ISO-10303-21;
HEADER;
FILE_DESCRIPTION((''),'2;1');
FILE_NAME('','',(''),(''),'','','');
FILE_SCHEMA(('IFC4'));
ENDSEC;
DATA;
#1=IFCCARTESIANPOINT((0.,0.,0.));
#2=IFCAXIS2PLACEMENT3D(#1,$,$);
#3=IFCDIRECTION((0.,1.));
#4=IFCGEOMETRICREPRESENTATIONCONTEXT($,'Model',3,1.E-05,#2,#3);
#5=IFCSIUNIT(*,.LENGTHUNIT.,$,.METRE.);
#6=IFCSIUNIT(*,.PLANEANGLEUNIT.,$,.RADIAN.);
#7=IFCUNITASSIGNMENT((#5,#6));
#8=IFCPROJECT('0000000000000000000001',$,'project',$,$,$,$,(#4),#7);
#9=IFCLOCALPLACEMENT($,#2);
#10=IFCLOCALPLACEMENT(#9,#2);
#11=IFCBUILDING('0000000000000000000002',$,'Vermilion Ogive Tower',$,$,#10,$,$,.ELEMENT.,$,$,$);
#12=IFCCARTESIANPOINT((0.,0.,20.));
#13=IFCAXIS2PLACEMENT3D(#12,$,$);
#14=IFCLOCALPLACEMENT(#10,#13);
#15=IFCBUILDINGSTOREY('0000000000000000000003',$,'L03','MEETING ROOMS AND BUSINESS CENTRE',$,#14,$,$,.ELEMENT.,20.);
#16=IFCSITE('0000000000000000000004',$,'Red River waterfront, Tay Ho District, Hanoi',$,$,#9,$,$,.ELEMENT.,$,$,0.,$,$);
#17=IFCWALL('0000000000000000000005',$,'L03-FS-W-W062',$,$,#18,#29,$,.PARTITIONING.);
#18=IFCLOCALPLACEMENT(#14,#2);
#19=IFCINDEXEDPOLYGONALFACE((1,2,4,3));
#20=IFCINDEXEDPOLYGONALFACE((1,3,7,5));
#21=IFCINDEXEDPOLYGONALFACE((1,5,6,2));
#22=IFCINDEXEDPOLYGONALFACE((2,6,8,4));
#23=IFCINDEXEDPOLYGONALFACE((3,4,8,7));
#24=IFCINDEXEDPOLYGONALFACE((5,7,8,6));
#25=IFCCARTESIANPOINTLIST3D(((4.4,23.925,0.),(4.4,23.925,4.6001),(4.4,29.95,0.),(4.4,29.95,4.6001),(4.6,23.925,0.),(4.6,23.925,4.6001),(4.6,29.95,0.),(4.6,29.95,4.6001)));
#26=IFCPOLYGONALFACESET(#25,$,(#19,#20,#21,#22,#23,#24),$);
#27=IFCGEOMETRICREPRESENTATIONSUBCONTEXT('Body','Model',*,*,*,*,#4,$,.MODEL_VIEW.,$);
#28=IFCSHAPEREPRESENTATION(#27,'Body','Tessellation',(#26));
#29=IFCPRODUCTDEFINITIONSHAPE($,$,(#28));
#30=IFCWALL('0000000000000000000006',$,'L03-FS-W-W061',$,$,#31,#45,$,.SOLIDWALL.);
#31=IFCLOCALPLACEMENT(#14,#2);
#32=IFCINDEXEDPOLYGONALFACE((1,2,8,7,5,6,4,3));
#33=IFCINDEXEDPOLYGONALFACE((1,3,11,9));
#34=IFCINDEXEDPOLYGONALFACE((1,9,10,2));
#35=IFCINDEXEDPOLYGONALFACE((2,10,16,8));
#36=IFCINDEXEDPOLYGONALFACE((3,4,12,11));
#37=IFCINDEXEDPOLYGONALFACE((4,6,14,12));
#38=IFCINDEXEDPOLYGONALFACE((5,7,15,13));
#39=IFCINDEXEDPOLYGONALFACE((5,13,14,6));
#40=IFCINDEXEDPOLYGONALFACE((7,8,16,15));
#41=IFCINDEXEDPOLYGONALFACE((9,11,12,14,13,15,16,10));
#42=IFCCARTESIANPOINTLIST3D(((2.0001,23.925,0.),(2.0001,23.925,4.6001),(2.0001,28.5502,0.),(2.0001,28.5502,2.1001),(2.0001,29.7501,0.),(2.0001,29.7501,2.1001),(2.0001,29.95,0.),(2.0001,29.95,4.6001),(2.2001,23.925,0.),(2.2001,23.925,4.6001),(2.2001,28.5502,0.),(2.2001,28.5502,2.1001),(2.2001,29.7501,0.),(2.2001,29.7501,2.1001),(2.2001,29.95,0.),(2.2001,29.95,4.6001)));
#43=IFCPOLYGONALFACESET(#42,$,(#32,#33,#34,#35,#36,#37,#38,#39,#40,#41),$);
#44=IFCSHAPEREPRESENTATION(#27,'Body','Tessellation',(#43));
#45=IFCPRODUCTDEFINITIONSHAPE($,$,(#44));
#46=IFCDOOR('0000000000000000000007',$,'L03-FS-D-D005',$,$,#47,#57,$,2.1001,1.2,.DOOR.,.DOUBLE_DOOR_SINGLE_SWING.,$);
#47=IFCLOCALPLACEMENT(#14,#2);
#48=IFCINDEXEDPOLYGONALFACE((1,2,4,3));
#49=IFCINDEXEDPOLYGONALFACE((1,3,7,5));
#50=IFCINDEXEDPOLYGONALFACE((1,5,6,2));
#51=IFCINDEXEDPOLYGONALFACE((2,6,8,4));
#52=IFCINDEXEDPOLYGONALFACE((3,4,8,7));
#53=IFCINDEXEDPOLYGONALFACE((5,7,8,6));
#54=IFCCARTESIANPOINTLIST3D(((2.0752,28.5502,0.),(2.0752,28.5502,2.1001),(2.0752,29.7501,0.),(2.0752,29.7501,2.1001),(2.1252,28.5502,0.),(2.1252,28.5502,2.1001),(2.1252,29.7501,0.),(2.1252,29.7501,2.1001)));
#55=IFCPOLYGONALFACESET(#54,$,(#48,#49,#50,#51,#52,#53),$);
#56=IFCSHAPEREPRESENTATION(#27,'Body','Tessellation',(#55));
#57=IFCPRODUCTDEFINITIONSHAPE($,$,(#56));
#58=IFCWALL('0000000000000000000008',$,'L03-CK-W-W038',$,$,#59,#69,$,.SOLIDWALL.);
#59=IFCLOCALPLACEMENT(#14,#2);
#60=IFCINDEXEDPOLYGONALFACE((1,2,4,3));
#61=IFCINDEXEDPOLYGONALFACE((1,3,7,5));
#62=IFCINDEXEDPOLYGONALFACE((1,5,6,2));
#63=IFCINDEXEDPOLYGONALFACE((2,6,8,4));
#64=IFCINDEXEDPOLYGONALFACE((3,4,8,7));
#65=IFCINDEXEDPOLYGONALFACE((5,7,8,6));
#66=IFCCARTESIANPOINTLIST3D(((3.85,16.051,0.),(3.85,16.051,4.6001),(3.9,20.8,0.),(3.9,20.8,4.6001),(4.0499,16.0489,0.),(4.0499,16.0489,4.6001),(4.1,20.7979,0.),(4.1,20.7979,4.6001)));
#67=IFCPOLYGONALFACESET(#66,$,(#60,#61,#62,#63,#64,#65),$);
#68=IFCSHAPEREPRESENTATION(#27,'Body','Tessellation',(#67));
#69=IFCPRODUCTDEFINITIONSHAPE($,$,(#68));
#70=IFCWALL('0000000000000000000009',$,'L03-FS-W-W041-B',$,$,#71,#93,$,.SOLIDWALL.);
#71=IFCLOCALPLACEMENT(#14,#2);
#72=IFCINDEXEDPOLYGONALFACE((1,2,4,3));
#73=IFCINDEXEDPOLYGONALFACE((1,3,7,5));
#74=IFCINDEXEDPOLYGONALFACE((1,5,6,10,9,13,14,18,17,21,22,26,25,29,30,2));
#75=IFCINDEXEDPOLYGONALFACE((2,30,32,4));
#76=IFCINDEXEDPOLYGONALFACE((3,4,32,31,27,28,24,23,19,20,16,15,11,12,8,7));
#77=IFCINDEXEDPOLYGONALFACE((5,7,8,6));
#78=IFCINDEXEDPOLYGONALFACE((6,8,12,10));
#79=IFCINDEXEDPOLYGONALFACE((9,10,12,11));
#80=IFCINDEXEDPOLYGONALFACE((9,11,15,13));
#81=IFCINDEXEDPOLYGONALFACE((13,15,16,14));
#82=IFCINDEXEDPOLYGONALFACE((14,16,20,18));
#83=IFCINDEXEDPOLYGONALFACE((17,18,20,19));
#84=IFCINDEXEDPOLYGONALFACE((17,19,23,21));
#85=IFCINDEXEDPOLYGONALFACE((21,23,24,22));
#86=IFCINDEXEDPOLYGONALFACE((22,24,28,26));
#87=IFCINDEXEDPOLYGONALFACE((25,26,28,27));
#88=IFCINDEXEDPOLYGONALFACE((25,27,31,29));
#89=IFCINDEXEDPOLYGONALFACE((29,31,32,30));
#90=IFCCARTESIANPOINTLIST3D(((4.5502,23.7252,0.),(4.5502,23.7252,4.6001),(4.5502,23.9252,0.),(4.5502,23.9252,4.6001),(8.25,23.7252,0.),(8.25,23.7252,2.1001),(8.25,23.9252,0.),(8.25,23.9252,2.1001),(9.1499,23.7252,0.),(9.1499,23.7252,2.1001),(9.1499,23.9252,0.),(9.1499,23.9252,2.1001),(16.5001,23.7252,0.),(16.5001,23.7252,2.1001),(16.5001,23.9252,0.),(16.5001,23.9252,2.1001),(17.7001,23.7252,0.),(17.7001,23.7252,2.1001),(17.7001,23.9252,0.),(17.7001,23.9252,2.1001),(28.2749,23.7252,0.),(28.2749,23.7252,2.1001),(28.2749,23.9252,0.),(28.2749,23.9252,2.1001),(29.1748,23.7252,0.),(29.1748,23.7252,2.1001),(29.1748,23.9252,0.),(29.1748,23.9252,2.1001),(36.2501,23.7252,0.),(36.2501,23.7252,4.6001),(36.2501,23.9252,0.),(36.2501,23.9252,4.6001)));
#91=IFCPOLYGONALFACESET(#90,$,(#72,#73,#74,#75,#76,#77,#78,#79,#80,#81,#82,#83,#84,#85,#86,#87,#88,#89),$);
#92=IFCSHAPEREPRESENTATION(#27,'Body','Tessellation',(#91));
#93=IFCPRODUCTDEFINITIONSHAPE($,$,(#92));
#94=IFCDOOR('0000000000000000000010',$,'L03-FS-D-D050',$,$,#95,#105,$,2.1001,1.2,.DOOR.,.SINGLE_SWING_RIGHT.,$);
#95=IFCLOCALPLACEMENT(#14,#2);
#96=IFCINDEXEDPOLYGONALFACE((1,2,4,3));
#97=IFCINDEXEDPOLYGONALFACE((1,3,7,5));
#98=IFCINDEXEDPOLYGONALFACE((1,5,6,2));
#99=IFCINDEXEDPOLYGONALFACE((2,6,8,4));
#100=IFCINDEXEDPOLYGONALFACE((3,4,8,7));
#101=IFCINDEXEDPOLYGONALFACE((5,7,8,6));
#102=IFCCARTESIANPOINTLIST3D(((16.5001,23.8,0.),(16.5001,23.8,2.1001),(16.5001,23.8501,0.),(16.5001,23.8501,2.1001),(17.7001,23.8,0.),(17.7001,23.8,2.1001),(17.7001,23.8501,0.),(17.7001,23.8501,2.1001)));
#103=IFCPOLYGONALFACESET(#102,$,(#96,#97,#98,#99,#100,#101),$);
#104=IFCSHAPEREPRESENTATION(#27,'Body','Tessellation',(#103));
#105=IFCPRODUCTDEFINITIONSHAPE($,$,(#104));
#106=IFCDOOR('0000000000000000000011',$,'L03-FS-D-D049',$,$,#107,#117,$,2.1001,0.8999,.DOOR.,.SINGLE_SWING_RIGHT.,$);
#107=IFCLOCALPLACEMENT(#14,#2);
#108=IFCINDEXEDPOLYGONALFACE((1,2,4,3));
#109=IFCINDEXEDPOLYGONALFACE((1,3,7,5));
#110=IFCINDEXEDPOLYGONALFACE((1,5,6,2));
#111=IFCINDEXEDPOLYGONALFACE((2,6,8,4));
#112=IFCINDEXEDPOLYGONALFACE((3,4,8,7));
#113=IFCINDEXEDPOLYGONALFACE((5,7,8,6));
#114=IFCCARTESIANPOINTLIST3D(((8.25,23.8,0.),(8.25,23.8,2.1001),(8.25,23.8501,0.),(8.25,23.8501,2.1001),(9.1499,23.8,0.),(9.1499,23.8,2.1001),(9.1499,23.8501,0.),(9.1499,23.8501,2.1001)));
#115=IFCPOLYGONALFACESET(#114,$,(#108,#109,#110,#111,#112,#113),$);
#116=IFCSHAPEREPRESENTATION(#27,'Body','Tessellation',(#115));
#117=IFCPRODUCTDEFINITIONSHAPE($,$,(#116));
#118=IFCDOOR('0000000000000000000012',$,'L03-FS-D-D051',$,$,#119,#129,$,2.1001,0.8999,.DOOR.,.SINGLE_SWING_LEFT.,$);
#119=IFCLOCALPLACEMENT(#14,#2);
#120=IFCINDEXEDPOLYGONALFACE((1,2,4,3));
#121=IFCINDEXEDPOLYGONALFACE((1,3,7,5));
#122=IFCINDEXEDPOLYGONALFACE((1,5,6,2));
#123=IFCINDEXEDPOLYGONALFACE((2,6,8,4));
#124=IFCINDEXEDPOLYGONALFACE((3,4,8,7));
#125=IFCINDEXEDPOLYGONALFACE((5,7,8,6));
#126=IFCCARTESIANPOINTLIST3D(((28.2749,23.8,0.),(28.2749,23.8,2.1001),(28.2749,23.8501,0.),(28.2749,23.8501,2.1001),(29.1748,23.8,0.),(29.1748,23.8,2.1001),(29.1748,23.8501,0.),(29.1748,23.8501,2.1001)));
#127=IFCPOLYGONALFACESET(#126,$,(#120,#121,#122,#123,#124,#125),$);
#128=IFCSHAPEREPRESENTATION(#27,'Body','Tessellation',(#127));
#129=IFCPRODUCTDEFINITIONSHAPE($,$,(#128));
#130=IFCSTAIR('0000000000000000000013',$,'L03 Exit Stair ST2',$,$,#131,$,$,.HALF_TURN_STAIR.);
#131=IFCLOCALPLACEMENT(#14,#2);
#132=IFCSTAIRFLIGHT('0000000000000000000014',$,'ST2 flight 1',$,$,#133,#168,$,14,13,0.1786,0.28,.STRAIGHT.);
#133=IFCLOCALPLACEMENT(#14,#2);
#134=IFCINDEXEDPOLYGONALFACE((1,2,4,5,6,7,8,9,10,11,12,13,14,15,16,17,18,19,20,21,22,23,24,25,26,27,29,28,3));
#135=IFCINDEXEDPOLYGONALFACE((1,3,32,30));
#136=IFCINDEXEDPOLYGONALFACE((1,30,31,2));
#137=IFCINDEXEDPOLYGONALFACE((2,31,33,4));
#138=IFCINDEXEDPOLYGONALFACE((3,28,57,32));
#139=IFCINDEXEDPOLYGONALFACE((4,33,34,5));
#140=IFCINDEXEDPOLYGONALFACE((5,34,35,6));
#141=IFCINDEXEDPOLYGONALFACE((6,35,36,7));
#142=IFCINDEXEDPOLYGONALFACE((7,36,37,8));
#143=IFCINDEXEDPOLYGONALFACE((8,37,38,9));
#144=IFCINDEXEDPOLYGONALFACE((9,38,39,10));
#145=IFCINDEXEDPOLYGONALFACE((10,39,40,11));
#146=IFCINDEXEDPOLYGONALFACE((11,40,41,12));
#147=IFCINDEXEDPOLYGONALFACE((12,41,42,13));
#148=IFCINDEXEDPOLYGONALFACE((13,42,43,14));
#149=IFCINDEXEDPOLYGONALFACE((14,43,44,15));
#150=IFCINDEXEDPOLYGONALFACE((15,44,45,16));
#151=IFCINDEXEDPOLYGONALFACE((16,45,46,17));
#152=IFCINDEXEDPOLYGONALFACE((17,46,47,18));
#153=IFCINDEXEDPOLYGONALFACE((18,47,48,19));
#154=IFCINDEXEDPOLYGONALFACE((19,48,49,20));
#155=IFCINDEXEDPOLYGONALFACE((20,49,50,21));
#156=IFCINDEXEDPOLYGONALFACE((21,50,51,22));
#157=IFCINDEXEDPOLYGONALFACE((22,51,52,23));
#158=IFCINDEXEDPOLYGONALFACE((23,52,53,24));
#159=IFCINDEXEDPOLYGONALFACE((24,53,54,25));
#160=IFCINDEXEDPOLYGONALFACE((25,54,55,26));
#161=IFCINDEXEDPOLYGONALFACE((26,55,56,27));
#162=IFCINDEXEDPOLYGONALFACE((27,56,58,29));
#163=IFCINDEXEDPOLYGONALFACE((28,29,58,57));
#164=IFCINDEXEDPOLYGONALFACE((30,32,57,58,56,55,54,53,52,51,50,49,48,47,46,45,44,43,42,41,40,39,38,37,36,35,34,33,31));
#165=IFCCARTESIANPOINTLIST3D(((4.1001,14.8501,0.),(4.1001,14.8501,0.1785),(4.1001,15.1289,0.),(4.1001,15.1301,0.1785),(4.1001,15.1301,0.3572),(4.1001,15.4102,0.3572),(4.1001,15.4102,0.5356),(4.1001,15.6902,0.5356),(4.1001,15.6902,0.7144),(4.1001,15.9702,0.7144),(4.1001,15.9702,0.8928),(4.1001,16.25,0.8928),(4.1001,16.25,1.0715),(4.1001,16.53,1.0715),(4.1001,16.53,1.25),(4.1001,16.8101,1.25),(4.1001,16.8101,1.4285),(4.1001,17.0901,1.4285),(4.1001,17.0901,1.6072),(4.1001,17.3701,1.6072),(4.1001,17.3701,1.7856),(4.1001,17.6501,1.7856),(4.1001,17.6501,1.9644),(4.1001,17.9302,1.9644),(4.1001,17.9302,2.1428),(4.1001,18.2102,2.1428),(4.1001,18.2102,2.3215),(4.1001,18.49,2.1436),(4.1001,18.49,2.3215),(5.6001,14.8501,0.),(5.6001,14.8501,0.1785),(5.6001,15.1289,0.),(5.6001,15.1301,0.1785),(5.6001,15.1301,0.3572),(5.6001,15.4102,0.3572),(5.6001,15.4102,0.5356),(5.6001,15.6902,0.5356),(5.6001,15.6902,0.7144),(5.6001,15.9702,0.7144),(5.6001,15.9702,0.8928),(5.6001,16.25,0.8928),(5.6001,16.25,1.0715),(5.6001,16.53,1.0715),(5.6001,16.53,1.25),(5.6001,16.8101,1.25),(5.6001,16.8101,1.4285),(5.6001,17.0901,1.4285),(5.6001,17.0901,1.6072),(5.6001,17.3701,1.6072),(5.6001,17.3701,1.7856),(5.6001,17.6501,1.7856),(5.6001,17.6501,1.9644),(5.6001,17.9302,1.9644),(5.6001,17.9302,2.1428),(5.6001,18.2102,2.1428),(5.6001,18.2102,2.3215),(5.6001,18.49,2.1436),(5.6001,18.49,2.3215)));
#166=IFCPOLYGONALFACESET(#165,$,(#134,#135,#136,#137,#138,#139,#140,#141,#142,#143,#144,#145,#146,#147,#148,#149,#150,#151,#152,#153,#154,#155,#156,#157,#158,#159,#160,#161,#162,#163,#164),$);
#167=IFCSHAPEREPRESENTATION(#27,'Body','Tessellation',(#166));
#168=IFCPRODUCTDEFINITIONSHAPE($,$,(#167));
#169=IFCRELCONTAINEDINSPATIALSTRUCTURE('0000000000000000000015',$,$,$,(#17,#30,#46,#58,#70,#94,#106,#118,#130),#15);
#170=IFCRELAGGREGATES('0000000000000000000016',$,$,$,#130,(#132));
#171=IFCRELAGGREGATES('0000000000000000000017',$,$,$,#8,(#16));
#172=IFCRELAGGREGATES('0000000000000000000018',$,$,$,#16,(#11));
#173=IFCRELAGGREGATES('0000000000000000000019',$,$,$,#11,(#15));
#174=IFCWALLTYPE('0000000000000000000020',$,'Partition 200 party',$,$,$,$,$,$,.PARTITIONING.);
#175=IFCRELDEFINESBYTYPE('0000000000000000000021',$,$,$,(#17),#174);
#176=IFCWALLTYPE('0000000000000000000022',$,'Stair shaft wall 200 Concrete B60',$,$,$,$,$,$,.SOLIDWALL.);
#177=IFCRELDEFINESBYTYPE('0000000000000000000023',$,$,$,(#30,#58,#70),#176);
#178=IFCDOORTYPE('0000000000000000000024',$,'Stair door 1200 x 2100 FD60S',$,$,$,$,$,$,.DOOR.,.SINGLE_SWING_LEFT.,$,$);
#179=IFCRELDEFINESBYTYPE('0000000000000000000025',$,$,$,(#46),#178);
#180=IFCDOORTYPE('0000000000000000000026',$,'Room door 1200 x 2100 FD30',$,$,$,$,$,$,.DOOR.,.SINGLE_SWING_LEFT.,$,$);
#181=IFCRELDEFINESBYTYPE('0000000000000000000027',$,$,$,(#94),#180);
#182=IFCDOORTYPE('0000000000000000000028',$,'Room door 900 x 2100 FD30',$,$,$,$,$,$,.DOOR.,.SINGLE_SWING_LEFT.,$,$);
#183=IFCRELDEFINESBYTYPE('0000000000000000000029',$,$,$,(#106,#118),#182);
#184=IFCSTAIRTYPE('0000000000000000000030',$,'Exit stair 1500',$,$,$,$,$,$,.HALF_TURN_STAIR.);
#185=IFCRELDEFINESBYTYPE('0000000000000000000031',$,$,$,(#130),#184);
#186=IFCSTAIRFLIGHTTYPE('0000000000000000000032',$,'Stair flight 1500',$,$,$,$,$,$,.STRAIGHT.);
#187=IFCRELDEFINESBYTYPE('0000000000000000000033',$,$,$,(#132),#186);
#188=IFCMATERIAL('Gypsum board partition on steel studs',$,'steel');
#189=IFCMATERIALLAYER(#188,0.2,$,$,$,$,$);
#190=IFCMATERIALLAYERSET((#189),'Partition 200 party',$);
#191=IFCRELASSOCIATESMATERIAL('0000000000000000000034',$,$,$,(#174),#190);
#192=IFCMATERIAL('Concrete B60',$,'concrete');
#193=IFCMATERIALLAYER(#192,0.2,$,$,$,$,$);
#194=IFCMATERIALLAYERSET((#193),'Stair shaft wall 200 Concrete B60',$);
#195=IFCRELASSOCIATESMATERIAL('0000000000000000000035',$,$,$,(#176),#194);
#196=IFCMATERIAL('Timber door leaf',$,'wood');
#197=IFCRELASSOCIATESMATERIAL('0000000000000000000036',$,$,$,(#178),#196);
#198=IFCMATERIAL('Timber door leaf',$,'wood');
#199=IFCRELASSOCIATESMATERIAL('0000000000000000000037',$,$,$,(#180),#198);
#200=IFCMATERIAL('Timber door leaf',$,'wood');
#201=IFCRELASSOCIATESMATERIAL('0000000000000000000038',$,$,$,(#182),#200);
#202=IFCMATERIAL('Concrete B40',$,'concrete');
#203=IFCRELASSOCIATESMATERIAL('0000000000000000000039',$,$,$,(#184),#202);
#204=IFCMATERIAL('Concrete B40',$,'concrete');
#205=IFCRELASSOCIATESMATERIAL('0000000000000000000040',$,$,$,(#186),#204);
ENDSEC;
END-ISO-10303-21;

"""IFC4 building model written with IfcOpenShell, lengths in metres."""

from ifc_helpers import new_model, si_unit, direction, frame, frame_2d, origin, place, context, subcontext, project, spatial, polyline, rectangle, outline, extrude, material, layer, layer_set, type_object, element, fill, aggregate, save


model = new_model("IFC4")

# Units and contexts
model_context = context("Model", 3, precision=1e-05, world=origin(), true_north=direction((0.0, 1.0)))
body_context = subcontext(model_context, "Body", "Model", "MODEL_VIEW")
ifc_project = project(units=[si_unit("LENGTHUNIT", "METRE"), si_unit("PLANEANGLEUNIT", "RADIAN")], contexts=[model_context])

# Site, building, storey
site_placement = place(None, origin())
site = spatial("IfcSite", under=ifc_project, at=site_placement, Name="Red River waterfront, Tay Ho District, Hanoi", CompositionType="ELEMENT", RefElevation=0.0)
building_placement = place(site_placement, origin())
building = spatial("IfcBuilding", under=site, at=building_placement, Name="Vermilion Ogive Tower", CompositionType="ELEMENT")
storey_placement = place(building_placement, frame((0.0, 0.0, 20.0)))
storey = spatial("IfcBuildingStorey", under=building, at=storey_placement, Name="L03", Description="MEETING ROOMS AND BUSINESS CENTRE", CompositionType="ELEMENT", Elevation=20.0)

# Wall
ifc_material_1 = material(Name="Gypsum board partition on steel studs", Category="steel")
ifc_layer_1 = layer(ifc_material_1, 0.2)
ifc_layer_set_1 = layer_set([ifc_layer_1], Name="Partition 200 party")
wall_type_1 = type_object("IfcWallType", Name="Partition 200 party", PredefinedType="PARTITIONING", material=ifc_layer_set_1)
wall_1_placement = place(storey_placement, frame((4.5, 23.925, 0.0), z_axis=(0.0, 0.0, 1.0), x_axis=(0.0, 1.0, 0.0)))
element("IfcWall", 1, at=wall_1_placement, inside=storey, type_object=wall_type_1, Name="L03-FS-W-W062", PredefinedType="PARTITIONING", context=body_context, shape_type="SweptSolid", body=[
    extrude(rectangle(XDim=6.0249, YDim=0.2, at=frame_2d((3.0125, 0.0))), origin(), (0.0, 0.0, 1.0), 4.6001),
])

# Wall, opening, door
ifc_material_2 = material(Name="Concrete B60", Category="concrete")
ifc_layer_2 = layer(ifc_material_2, 0.2)
ifc_layer_set_2 = layer_set([ifc_layer_2], Name="Stair shaft wall 200 Concrete B60")
wall_type_2 = type_object("IfcWallType", Name="Stair shaft wall 200 Concrete B60", PredefinedType="SOLIDWALL", material=ifc_layer_set_2)
wall_2_placement = place(storey_placement, frame((2.1001, 23.925, 0.0), z_axis=(0.0, 0.0, 1.0), x_axis=(0.0, 1.0, 0.0)))
wall_2 = element("IfcWall", 2, at=wall_2_placement, inside=storey, type_object=wall_type_2, Name="L03-FS-W-W061", PredefinedType="SOLIDWALL", context=body_context, shape_type="SweptSolid", body=[
    extrude(rectangle(XDim=6.0249, YDim=0.2, at=frame_2d((3.0125, 0.0))), origin(), (0.0, 0.0, 1.0), 4.6001),
])
opening_1_placement = place(wall_2_placement, frame((4.625, 0.0, 0.0)))
opening_1 = element("IfcOpeningElement", 3, at=opening_1_placement, cuts=wall_2, PredefinedType="OPENING", context=body_context, shape_type="SweptSolid", body=[
    extrude(rectangle(XDim=1.2, YDim=2.1001, at=frame_2d((0.6001, 1.05))), frame((0.0, 0.1099, 0.0), z_axis=(0.0, -1.0, 0.0), x_axis=(1.0, 0.0, 0.0)), (0.0, 0.0, 1.0), 0.22),
])
ifc_material_3 = material(Name="Timber door leaf", Category="wood")
door_type_1 = type_object("IfcDoorType", Name="Stair door 1200 x 2100 FD60S", OperationType="SINGLE_SWING_LEFT", PredefinedType="DOOR", material=ifc_material_3)
door_1_placement = place(opening_1_placement, origin())
door_1 = element("IfcDoor", 4, at=door_1_placement, inside=storey, type_object=door_type_1, Name="L03-FS-D-D005", OperationType="DOUBLE_DOOR_SINGLE_SWING", OverallHeight=2.1001, OverallWidth=1.2, PredefinedType="DOOR", context=body_context, shape_type="SweptSolid", body=[
    extrude(rectangle(XDim=1.2, YDim=2.1001, at=frame_2d((0.6001, 1.05))), frame((0.0, 0.0249, 0.0), z_axis=(0.0, -1.0, 0.0), x_axis=(1.0, 0.0, 0.0)), (0.0, 0.0, 1.0), 0.05),
])
fill(opening_1, door_1)

# Wall
wall_3_placement = place(storey_placement, frame((3.95, 16.05, 0.0), z_axis=(0.0, 0.0, 1.0), x_axis=(0.010538, 0.999944, 0.0)))
element("IfcWall", 5, at=wall_3_placement, inside=storey, type_object=wall_type_2, Name="L03-CK-W-W038", PredefinedType="SOLIDWALL", context=body_context, shape_type="SweptSolid", body=[
    extrude(rectangle(XDim=4.7493, YDim=0.2, at=frame_2d((2.3745, 0.0))), origin(), (0.0, 0.0, 1.0), 4.6001),
])

# Wall, openings, doors
wall_4_placement = place(storey_placement, frame((4.55, 23.8252, 0.0), z_axis=(0.0, 0.0, 1.0), x_axis=(1.0, 0.0, 0.0)))
wall_4 = element("IfcWall", 6, at=wall_4_placement, inside=storey, type_object=wall_type_2, Name="L03-FS-W-W041-B", PredefinedType="SOLIDWALL", context=body_context, shape_type="SweptSolid", body=[
    extrude(rectangle(XDim=31.7, YDim=0.2, at=frame_2d((15.8501, 0.0))), origin(), (0.0, 0.0, 1.0), 4.6001),
])
opening_2_placement = place(wall_4_placement, frame((3.7, 0.0, 0.0)))
opening_2 = element("IfcOpeningElement", 7, at=opening_2_placement, cuts=wall_4, PredefinedType="OPENING", context=body_context, shape_type="SweptSolid", body=[
    extrude(rectangle(XDim=0.8999, YDim=2.1001, at=frame_2d((0.45, 1.05))), frame((0.0, 0.1099, 0.0), z_axis=(0.0, -1.0, 0.0), x_axis=(1.0, 0.0, 0.0)), (0.0, 0.0, 1.0), 0.22),
])
opening_3_placement = place(wall_4_placement, frame((11.95, 0.0, 0.0)))
opening_3 = element("IfcOpeningElement", 8, at=opening_3_placement, cuts=wall_4, PredefinedType="OPENING", context=body_context, shape_type="SweptSolid", body=[
    extrude(rectangle(XDim=1.2, YDim=2.1001, at=frame_2d((0.6001, 1.05))), frame((0.0, 0.1099, 0.0), z_axis=(0.0, -1.0, 0.0), x_axis=(1.0, 0.0, 0.0)), (0.0, 0.0, 1.0), 0.22),
])
opening_4_placement = place(wall_4_placement, frame((23.7249, 0.0, 0.0)))
opening_4 = element("IfcOpeningElement", 9, at=opening_4_placement, cuts=wall_4, PredefinedType="OPENING", context=body_context, shape_type="SweptSolid", body=[
    extrude(rectangle(XDim=0.8999, YDim=2.1001, at=frame_2d((0.45, 1.05))), frame((0.0, 0.1099, 0.0), z_axis=(0.0, -1.0, 0.0), x_axis=(1.0, 0.0, 0.0)), (0.0, 0.0, 1.0), 0.22),
])
ifc_material_4 = material(Name="Timber door leaf", Category="wood")
door_type_2 = type_object("IfcDoorType", Name="Room door 1200 x 2100 FD30", OperationType="SINGLE_SWING_LEFT", PredefinedType="DOOR", material=ifc_material_4)
door_2_placement = place(opening_3_placement, origin())
door_2 = element("IfcDoor", 10, at=door_2_placement, inside=storey, type_object=door_type_2, Name="L03-FS-D-D050", OperationType="SINGLE_SWING_RIGHT", OverallHeight=2.1001, OverallWidth=1.2, PredefinedType="DOOR", context=body_context, shape_type="SweptSolid", body=[
    extrude(rectangle(XDim=1.2, YDim=2.1001, at=frame_2d((0.6001, 1.05))), frame((0.0, 0.0249, 0.0), z_axis=(0.0, -1.0, 0.0), x_axis=(1.0, 0.0, 0.0)), (0.0, 0.0, 1.0), 0.05),
])
fill(opening_3, door_2)
ifc_material_5 = material(Name="Timber door leaf", Category="wood")
door_type_3 = type_object("IfcDoorType", Name="Room door 900 x 2100 FD30", OperationType="SINGLE_SWING_LEFT", PredefinedType="DOOR", material=ifc_material_5)
door_3_placement = place(opening_2_placement, origin())
door_3 = element("IfcDoor", 11, at=door_3_placement, inside=storey, type_object=door_type_3, Name="L03-FS-D-D049", OperationType="SINGLE_SWING_RIGHT", OverallHeight=2.1001, OverallWidth=0.8999, PredefinedType="DOOR", context=body_context, shape_type="SweptSolid", body=[
    extrude(rectangle(XDim=0.8999, YDim=2.1001, at=frame_2d((0.45, 1.05))), frame((0.0, 0.0249, 0.0), z_axis=(0.0, -1.0, 0.0), x_axis=(1.0, 0.0, 0.0)), (0.0, 0.0, 1.0), 0.05),
])
fill(opening_2, door_3)
door_4_placement = place(opening_4_placement, origin())
door_4 = element("IfcDoor", 12, at=door_4_placement, inside=storey, type_object=door_type_3, Name="L03-FS-D-D051", OperationType="SINGLE_SWING_LEFT", OverallHeight=2.1001, OverallWidth=0.8999, PredefinedType="DOOR", context=body_context, shape_type="SweptSolid", body=[
    extrude(rectangle(XDim=0.8999, YDim=2.1001, at=frame_2d((0.45, 1.05))), frame((0.0, 0.0249, 0.0), z_axis=(0.0, -1.0, 0.0), x_axis=(1.0, 0.0, 0.0)), (0.0, 0.0, 1.0), 0.05),
])
fill(opening_4, door_4)

# Stair, stair flight
ifc_material_6 = material(Name="Concrete B40", Category="concrete")
stair_type = type_object("IfcStairType", Name="Exit stair 1500", PredefinedType="HALF_TURN_STAIR", material=ifc_material_6)
stair_placement = place(storey_placement, origin())
stair = element("IfcStair", 13, at=stair_placement, inside=storey, type_object=stair_type, Name="L03 Exit Stair ST2", PredefinedType="HALF_TURN_STAIR")
ifc_material_7 = material(Name="Concrete B40", Category="concrete")
stair_flight_type = type_object("IfcStairFlightType", Name="Stair flight 1500", PredefinedType="STRAIGHT", material=ifc_material_7)
stair_flight_1_placement = place(storey_placement, frame((4.8501, 14.8501, 0.0), z_axis=(0.0, 0.0, 1.0), x_axis=(0.0, 1.0, 0.0)))
stair_flight_1 = element("IfcStairFlight", 14, at=stair_flight_1_placement, type_object=stair_flight_type, Name="ST2 flight 1", NumberOfRisers=14, NumberOfTreads=13, PredefinedType="STRAIGHT", RiserHeight=0.1786, TreadLength=0.28, context=body_context, shape_type="SweptSolid", body=[
    extrude(outline(polyline([(0.0, 0.0), (0.0, 0.1785), (0.28, 0.1785), (0.28, 0.3572), (0.5601, 0.3572), (0.5601, 0.5356), (0.8401, 0.5356), (0.8401, 0.7144), (1.1201, 0.7144), (1.1201, 0.8928), (1.3999, 0.8928), (1.3999, 1.0715), (1.6799, 1.0715), (1.6799, 1.25), (1.96, 1.25), (1.96, 1.4285), (2.24, 1.4285), (2.24, 1.6072), (2.52, 1.6072), (2.52, 1.7856), (2.8, 1.7856), (2.8, 1.9644), (3.0801, 1.9644), (3.0801, 2.1428), (3.3601, 2.1428), (3.3601, 2.3215), (3.6399, 2.3215), (3.6399, 2.5), (3.6399, 2.1436), (0.2788, 0.0), (0.0, 0.0)])), frame((0.0, 0.75, 0.0), z_axis=(0.0, -1.0, 0.0), x_axis=(1.0, 0.0, 0.0)), (0.0, 0.0, 1.0), 1.5),
])
aggregate(stair, [stair_flight_1])

save(model, "model.ifc")
